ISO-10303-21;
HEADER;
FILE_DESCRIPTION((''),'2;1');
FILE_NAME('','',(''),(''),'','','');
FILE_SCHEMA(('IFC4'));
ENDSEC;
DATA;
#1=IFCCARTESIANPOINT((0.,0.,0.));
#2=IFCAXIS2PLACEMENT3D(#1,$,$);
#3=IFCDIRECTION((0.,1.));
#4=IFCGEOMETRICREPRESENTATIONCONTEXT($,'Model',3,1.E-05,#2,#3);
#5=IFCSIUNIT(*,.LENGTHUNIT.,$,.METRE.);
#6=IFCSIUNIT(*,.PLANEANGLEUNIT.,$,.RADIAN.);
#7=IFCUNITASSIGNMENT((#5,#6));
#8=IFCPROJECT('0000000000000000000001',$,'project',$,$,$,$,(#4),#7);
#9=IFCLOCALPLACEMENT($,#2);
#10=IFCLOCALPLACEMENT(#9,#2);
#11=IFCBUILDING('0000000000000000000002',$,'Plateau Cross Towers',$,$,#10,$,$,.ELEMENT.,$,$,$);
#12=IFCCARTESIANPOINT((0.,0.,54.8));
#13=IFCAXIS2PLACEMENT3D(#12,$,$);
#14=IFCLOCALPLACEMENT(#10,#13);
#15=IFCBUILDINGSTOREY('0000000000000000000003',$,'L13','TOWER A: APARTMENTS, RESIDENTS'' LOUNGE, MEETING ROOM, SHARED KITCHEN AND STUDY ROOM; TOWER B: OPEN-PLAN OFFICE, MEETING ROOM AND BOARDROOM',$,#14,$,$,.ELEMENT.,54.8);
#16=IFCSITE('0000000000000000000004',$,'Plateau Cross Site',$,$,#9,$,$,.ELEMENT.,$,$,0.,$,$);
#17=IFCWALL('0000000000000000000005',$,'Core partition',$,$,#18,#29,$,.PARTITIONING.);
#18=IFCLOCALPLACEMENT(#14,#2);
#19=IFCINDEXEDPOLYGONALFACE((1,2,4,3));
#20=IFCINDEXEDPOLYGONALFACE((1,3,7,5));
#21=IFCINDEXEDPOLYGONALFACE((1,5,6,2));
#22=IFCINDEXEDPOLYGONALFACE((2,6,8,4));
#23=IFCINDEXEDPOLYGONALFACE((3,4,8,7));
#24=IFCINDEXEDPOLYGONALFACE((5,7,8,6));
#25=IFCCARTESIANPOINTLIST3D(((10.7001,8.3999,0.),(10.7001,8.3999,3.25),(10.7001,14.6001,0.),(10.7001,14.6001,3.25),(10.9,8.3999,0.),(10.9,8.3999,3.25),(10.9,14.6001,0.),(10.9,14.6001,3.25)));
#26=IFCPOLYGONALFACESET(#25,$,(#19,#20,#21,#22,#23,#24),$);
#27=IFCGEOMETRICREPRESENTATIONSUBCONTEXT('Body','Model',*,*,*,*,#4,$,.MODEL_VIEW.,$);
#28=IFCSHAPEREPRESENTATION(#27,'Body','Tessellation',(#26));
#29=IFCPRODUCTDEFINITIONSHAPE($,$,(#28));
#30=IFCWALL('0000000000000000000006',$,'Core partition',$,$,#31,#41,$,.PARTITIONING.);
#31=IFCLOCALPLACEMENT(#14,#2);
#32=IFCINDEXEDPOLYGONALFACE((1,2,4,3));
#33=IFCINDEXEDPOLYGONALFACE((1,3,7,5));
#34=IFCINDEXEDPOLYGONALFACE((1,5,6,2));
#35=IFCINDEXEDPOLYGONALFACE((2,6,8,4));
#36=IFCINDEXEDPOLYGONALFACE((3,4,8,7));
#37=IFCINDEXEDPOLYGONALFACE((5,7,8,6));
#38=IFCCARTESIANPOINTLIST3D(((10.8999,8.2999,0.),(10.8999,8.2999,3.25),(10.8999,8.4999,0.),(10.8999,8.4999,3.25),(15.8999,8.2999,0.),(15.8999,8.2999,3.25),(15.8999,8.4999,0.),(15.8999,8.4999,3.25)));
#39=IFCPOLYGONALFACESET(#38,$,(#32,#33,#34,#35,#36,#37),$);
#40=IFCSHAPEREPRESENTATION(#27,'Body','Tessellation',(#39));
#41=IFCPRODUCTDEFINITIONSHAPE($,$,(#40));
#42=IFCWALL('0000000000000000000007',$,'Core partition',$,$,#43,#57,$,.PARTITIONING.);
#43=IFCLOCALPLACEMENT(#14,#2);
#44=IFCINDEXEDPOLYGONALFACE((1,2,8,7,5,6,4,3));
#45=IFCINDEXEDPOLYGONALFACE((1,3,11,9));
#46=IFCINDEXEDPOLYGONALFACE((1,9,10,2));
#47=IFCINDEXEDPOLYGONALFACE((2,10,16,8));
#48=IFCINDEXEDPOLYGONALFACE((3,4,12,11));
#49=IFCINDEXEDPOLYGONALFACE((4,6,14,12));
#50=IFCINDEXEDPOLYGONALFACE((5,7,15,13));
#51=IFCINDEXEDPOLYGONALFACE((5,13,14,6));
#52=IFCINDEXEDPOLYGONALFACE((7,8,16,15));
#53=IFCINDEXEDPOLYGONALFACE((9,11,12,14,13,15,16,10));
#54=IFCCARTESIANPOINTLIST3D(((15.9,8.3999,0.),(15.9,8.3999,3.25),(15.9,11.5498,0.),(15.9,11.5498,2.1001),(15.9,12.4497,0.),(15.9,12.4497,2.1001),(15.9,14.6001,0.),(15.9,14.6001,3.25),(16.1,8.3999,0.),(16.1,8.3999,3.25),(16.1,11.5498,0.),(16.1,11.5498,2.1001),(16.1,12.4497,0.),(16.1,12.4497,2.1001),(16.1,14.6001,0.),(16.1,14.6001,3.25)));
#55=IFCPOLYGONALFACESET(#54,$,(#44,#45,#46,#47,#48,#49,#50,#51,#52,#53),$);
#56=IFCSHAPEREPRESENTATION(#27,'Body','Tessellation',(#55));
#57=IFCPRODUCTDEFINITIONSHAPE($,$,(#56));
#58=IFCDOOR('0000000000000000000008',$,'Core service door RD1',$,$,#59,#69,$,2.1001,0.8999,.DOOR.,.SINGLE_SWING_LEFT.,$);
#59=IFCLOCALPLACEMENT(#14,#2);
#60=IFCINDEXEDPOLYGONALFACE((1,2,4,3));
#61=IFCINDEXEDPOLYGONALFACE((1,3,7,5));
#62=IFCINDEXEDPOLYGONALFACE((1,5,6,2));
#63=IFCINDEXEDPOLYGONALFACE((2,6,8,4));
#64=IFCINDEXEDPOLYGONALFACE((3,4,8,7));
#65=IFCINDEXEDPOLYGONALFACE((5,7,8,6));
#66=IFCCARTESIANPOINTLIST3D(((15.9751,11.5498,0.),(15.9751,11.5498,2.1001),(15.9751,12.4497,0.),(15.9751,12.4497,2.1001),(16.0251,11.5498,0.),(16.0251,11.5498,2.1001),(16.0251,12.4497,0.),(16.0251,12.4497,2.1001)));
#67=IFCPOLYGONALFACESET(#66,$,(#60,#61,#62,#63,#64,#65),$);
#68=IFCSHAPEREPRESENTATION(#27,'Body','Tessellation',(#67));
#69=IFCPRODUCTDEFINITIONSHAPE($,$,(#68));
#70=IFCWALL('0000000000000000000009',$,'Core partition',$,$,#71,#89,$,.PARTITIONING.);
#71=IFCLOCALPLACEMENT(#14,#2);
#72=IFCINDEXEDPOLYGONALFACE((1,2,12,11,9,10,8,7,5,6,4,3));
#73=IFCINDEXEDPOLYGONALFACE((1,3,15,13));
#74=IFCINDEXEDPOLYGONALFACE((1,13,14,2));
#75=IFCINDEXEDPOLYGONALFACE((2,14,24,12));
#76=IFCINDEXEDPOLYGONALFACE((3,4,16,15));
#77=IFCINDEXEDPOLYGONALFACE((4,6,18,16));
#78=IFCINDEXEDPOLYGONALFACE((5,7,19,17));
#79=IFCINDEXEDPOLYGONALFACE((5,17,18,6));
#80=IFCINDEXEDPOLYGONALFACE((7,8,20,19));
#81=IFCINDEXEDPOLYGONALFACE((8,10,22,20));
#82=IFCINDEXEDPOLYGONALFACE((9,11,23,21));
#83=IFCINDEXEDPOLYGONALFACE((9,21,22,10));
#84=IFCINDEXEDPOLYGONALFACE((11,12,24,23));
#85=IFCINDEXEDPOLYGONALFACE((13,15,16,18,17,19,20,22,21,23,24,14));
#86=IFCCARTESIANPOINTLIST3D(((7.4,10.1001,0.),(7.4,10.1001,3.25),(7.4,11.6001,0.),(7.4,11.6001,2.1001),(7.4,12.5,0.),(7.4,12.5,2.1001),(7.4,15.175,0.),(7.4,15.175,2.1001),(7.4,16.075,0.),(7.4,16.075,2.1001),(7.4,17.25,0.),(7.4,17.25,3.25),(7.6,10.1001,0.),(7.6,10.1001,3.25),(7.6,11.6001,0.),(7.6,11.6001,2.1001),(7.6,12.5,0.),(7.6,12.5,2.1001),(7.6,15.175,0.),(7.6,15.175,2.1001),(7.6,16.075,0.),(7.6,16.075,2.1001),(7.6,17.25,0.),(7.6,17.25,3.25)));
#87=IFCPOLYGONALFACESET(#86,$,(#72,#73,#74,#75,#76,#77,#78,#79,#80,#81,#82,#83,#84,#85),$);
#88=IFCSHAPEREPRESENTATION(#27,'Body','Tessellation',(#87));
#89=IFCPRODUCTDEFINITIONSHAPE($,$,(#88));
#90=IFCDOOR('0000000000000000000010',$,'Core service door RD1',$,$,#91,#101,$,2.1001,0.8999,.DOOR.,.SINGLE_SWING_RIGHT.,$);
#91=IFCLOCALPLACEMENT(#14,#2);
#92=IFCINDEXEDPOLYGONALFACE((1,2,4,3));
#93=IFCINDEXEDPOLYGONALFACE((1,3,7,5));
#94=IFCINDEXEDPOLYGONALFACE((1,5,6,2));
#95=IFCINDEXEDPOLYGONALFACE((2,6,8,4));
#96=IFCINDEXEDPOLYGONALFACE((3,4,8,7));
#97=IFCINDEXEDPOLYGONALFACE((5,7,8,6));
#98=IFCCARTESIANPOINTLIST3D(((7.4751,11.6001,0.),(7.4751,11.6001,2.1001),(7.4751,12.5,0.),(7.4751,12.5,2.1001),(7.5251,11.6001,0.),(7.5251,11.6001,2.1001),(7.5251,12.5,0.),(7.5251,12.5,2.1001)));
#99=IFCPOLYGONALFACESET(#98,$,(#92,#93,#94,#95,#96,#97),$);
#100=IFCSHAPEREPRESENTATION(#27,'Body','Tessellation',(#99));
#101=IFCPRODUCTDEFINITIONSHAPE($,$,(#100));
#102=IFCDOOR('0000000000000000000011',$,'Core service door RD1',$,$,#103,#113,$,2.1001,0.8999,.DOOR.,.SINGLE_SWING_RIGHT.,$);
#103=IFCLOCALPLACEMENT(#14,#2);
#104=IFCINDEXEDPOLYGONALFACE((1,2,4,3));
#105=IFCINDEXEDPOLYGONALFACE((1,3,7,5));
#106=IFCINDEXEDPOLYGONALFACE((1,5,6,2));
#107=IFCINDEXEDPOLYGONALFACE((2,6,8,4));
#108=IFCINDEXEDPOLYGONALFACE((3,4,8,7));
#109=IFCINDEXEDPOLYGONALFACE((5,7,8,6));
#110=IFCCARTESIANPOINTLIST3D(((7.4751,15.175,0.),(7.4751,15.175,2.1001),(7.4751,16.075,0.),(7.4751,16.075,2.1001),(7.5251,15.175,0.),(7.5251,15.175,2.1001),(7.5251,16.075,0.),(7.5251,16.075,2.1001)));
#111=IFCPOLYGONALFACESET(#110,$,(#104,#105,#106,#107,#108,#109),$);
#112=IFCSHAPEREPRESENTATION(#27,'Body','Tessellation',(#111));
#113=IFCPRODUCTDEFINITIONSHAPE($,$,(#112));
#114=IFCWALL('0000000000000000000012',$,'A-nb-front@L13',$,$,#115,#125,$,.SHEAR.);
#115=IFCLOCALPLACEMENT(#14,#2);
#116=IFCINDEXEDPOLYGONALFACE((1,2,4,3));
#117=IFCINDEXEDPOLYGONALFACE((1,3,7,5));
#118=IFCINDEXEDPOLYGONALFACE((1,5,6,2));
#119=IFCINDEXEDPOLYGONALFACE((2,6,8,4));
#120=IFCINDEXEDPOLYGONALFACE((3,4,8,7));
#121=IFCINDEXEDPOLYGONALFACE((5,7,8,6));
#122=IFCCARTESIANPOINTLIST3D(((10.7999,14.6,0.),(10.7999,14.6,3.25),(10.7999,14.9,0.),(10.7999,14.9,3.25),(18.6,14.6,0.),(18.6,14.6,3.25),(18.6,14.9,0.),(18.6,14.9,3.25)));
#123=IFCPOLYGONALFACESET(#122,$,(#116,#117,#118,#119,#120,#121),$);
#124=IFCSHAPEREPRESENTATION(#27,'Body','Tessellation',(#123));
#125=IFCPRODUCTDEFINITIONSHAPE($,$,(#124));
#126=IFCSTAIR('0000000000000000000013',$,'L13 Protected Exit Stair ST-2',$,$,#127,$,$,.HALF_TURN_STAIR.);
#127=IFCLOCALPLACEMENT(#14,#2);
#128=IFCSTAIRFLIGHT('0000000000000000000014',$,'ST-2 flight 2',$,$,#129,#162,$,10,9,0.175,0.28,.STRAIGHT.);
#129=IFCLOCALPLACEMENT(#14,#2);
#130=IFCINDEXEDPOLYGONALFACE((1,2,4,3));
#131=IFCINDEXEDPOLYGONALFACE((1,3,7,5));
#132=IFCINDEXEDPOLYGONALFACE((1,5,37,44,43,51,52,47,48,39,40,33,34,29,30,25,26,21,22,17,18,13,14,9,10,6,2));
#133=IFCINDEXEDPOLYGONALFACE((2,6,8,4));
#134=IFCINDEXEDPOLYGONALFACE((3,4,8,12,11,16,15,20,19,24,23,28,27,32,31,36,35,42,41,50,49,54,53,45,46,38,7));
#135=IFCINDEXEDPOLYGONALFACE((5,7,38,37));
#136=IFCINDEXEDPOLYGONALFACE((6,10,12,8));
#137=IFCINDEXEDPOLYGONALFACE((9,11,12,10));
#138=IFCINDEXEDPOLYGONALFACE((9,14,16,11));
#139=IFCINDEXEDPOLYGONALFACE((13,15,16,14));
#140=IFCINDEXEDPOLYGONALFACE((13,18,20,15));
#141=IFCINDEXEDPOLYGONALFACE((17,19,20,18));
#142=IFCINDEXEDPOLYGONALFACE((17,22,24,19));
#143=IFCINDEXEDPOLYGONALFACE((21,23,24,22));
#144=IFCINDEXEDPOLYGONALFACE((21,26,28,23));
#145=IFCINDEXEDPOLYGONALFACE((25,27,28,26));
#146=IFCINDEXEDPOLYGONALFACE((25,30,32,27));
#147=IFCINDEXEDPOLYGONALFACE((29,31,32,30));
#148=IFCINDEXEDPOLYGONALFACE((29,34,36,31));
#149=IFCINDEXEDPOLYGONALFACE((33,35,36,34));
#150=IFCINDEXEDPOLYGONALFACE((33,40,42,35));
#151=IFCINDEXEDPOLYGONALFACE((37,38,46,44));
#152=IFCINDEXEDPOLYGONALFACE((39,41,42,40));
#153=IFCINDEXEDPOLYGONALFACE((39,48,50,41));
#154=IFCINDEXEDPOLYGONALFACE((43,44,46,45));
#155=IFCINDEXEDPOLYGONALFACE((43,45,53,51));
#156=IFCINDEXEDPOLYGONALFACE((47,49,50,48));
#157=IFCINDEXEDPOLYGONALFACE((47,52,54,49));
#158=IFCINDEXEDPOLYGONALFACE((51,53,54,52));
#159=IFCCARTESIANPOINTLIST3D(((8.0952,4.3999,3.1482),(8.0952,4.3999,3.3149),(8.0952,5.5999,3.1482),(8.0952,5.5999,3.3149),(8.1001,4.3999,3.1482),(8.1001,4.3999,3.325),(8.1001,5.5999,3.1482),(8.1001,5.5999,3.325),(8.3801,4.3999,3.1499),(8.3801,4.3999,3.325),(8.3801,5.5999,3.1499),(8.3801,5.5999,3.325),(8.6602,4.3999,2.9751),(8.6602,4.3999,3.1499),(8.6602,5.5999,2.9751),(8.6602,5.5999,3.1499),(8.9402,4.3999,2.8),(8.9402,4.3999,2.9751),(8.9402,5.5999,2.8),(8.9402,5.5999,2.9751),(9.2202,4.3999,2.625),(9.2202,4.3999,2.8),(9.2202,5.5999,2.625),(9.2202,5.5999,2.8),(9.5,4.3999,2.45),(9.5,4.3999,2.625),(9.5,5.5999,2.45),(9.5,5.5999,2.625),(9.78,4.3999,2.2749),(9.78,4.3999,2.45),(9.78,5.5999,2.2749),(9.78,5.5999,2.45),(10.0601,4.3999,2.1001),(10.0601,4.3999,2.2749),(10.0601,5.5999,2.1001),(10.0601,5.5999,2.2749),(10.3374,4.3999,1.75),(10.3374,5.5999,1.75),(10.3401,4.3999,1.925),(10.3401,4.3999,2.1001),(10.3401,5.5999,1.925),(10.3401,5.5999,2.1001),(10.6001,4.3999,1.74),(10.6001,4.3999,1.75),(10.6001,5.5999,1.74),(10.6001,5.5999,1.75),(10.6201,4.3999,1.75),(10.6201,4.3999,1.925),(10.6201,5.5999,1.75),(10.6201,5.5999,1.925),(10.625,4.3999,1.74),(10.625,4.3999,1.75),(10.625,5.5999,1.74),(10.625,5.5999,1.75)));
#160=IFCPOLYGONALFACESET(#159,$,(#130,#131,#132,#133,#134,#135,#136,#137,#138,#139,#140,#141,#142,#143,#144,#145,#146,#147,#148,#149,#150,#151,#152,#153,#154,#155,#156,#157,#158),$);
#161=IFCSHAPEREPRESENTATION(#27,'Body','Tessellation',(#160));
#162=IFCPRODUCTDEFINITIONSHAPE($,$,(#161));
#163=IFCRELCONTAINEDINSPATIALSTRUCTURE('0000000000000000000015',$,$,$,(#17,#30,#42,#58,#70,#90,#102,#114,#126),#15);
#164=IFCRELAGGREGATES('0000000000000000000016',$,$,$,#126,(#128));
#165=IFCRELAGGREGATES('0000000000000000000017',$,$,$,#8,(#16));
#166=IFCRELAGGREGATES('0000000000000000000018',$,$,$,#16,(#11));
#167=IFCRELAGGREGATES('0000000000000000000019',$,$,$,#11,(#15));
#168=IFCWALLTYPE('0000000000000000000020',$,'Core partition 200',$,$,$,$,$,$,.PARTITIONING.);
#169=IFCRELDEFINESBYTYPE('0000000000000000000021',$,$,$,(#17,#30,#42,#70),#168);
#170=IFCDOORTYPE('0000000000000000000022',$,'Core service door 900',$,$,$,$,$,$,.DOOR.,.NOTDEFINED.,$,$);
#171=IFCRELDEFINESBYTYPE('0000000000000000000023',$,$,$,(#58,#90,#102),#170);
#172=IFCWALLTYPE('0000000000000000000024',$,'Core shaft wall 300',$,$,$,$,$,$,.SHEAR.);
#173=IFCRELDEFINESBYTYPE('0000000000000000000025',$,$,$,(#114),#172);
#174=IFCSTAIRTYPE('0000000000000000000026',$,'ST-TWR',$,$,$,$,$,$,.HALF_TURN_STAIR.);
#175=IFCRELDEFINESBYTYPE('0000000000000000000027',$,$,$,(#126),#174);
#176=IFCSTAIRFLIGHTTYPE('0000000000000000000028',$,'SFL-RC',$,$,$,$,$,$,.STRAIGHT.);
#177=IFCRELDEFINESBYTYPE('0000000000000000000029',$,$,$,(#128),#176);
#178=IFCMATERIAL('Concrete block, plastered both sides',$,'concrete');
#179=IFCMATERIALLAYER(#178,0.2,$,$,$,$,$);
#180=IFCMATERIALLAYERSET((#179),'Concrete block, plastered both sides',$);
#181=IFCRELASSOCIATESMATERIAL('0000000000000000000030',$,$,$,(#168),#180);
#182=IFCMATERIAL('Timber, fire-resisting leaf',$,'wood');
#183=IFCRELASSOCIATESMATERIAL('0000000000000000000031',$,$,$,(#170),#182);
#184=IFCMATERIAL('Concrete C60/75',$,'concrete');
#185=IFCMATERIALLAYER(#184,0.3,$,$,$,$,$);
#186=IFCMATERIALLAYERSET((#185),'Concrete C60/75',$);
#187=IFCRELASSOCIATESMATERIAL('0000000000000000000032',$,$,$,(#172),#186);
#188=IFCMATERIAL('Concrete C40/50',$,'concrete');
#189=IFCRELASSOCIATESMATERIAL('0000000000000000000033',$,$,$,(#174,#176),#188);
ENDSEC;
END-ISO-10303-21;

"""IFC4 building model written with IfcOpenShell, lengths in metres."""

from ifc_helpers import new_model, si_unit, direction, frame, frame_2d, origin, place, context, subcontext, project, spatial, polyline, rectangle, outline, extrude, material, layer, layer_set, type_object, element, fill, aggregate, save


model = new_model("IFC4")

# Units and contexts
model_context = context("Model", 3, precision=1e-05, world=origin(), true_north=direction((0.0, 1.0)))
body_context = subcontext(model_context, "Body", "Model", "MODEL_VIEW")
ifc_project = project(units=[si_unit("LENGTHUNIT", "METRE"), si_unit("PLANEANGLEUNIT", "RADIAN")], contexts=[model_context])

# Site, building, storey
site_placement = place(None, origin())
site = spatial("IfcSite", under=ifc_project, at=site_placement, Name="Plateau Cross Site", CompositionType="ELEMENT", RefElevation=0.0)
building_placement = place(site_placement, origin())
building = spatial("IfcBuilding", under=site, at=building_placement, Name="Plateau Cross Towers", CompositionType="ELEMENT")
storey_placement = place(building_placement, frame((0.0, 0.0, 54.8)))
storey = spatial("IfcBuildingStorey", under=building, at=storey_placement, Name="L13", Description="TOWER A: APARTMENTS, RESIDENTS' LOUNGE, MEETING ROOM, SHARED KITCHEN AND STUDY ROOM; TOWER B: OPEN-PLAN OFFICE, MEETING ROOM AND BOARDROOM", CompositionType="ELEMENT", Elevation=54.8)

# Walls
ifc_material_1 = material(Name="Concrete block, plastered both sides", Category="concrete")
ifc_layer_1 = layer(ifc_material_1, 0.2)
ifc_layer_set_1 = layer_set([ifc_layer_1], Name="Concrete block, plastered both sides")
wall_type_1 = type_object("IfcWallType", Name="Core partition 200", PredefinedType="PARTITIONING", material=ifc_layer_set_1)
wall_1_placement = place(storey_placement, frame((10.8, 8.3999, 0.0), z_axis=(0.0, 0.0, 1.0), x_axis=(0.0, 1.0, 0.0)))
element("IfcWall", 1, at=wall_1_placement, inside=storey, type_object=wall_type_1, Name="Core partition", PredefinedType="PARTITIONING", context=body_context, shape_type="SweptSolid", body=[
    extrude(rectangle(XDim=6.2002, YDim=0.2, at=frame_2d((3.1001, 0.0))), origin(), (0.0, 0.0, 1.0), 3.25),
])
wall_2_placement = place(storey_placement, frame((10.8999, 8.3999, 0.0), z_axis=(0.0, 0.0, 1.0), x_axis=(1.0, 0.0, 0.0)))
element("IfcWall", 2, at=wall_2_placement, inside=storey, type_object=wall_type_1, Name="Core partition", PredefinedType="PARTITIONING", context=body_context, shape_type="SweptSolid", body=[
    extrude(rectangle(XDim=5.0, YDim=0.2, at=frame_2d((2.5, 0.0))), origin(), (0.0, 0.0, 1.0), 3.25),
])

# Wall, opening, door
wall_3_placement = place(storey_placement, frame((16.0, 8.3999, 0.0), z_axis=(0.0, 0.0, 1.0), x_axis=(0.0, 1.0, 0.0)))
wall_3 = element("IfcWall", 3, at=wall_3_placement, inside=storey, type_object=wall_type_1, Name="Core partition", PredefinedType="PARTITIONING", context=body_context, shape_type="SweptSolid", body=[
    extrude(rectangle(XDim=6.2002, YDim=0.2, at=frame_2d((3.1001, 0.0))), origin(), (0.0, 0.0, 1.0), 3.25),
])
opening_1_placement = place(wall_3_placement, frame((3.1499, 0.0, 0.0)))
opening_1 = element("IfcOpeningElement", 4, at=opening_1_placement, cuts=wall_3, PredefinedType="OPENING", context=body_context, shape_type="SweptSolid", body=[
    extrude(rectangle(XDim=0.8999, YDim=2.1001, at=frame_2d((0.45, 1.05))), frame((0.0, 0.1099, 0.0), z_axis=(0.0, -1.0, 0.0), x_axis=(1.0, 0.0, 0.0)), (0.0, 0.0, 1.0), 0.22),
])
ifc_material_2 = material(Name="Timber, fire-resisting leaf", Category="wood")
door_type = type_object("IfcDoorType", Name="Core service door 900", OperationType="NOTDEFINED", PredefinedType="DOOR", material=ifc_material_2)
door_1_placement = place(opening_1_placement, origin())
door_1 = element("IfcDoor", 5, at=door_1_placement, inside=storey, type_object=door_type, Name="Core service door RD1", OperationType="SINGLE_SWING_LEFT", OverallHeight=2.1001, OverallWidth=0.8999, PredefinedType="DOOR", context=body_context, shape_type="SweptSolid", body=[
    extrude(rectangle(XDim=0.8999, YDim=2.1001, at=frame_2d((0.45, 1.05))), frame((0.0, 0.0249, 0.0), z_axis=(0.0, -1.0, 0.0), x_axis=(1.0, 0.0, 0.0)), (0.0, 0.0, 1.0), 0.05),
])
fill(opening_1, door_1)

# Wall, openings, doors
wall_4_placement = place(storey_placement, frame((7.5, 10.1001, 0.0), z_axis=(0.0, 0.0, 1.0), x_axis=(0.0, 1.0, 0.0)))
wall_4 = element("IfcWall", 6, at=wall_4_placement, inside=storey, type_object=wall_type_1, Name="Core partition", PredefinedType="PARTITIONING", context=body_context, shape_type="SweptSolid", body=[
    extrude(rectangle(XDim=7.1499, YDim=0.2, at=frame_2d((3.575, 0.0))), origin(), (0.0, 0.0, 1.0), 3.25),
])
opening_2_placement = place(wall_4_placement, frame((1.5, 0.0, 0.0)))
opening_2 = element("IfcOpeningElement", 7, at=opening_2_placement, cuts=wall_4, PredefinedType="OPENING", context=body_context, shape_type="SweptSolid", body=[
    extrude(rectangle(XDim=0.8999, YDim=2.1001, at=frame_2d((0.45, 1.05))), frame((0.0, 0.1099, 0.0), z_axis=(0.0, -1.0, 0.0), x_axis=(1.0, 0.0, 0.0)), (0.0, 0.0, 1.0), 0.22),
])
opening_3_placement = place(wall_4_placement, frame((5.075, 0.0, 0.0)))
opening_3 = element("IfcOpeningElement", 8, at=opening_3_placement, cuts=wall_4, PredefinedType="OPENING", context=body_context, shape_type="SweptSolid", body=[
    extrude(rectangle(XDim=0.8999, YDim=2.1001, at=frame_2d((0.45, 1.05))), frame((0.0, 0.1099, 0.0), z_axis=(0.0, -1.0, 0.0), x_axis=(1.0, 0.0, 0.0)), (0.0, 0.0, 1.0), 0.22),
])
door_2_placement = place(opening_2_placement, origin())
door_2 = element("IfcDoor", 9, at=door_2_placement, inside=storey, type_object=door_type, Name="Core service door RD1", OperationType="SINGLE_SWING_RIGHT", OverallHeight=2.1001, OverallWidth=0.8999, PredefinedType="DOOR", context=body_context, shape_type="SweptSolid", body=[
    extrude(rectangle(XDim=0.8999, YDim=2.1001, at=frame_2d((0.45, 1.05))), frame((0.0, 0.0249, 0.0), z_axis=(0.0, -1.0, 0.0), x_axis=(1.0, 0.0, 0.0)), (0.0, 0.0, 1.0), 0.05),
])
fill(opening_2, door_2)
door_3_placement = place(opening_3_placement, origin())
door_3 = element("IfcDoor", 10, at=door_3_placement, inside=storey, type_object=door_type, Name="Core service door RD1", OperationType="SINGLE_SWING_RIGHT", OverallHeight=2.1001, OverallWidth=0.8999, PredefinedType="DOOR", context=body_context, shape_type="SweptSolid", body=[
    extrude(rectangle(XDim=0.8999, YDim=2.1001, at=frame_2d((0.45, 1.05))), frame((0.0, 0.0249, 0.0), z_axis=(0.0, -1.0, 0.0), x_axis=(1.0, 0.0, 0.0)), (0.0, 0.0, 1.0), 0.05),
])
fill(opening_3, door_3)

# Wall
ifc_material_3 = material(Name="Concrete C60/75", Category="concrete")
ifc_layer_2 = layer(ifc_material_3, 0.3)
ifc_layer_set_2 = layer_set([ifc_layer_2], Name="Concrete C60/75")
wall_type_2 = type_object("IfcWallType", Name="Core shaft wall 300", PredefinedType="SHEAR", material=ifc_layer_set_2)
wall_5_placement = place(storey_placement, frame((10.8, 14.75, 0.0), z_axis=(0.0, 0.0, 1.0), x_axis=(1.0, 0.0, 0.0)))
element("IfcWall", 11, at=wall_5_placement, inside=storey, type_object=wall_type_2, Name="A-nb-front@L13", PredefinedType="SHEAR", context=body_context, shape_type="SweptSolid", body=[
    extrude(rectangle(XDim=7.8, YDim=0.3, at=frame_2d((3.8999, 0.0))), origin(), (0.0, 0.0, 1.0), 3.25),
])

# Stair, stair flight
ifc_material_4 = material(Name="Concrete C40/50", Category="concrete")
stair_type = type_object("IfcStairType", Name="ST-TWR", PredefinedType="HALF_TURN_STAIR", material=ifc_material_4)
stair_placement = place(storey_placement, origin())
stair = element("IfcStair", 12, at=stair_placement, inside=storey, type_object=stair_type, Name="L13 Protected Exit Stair ST-2", PredefinedType="HALF_TURN_STAIR")
stair_flight_type = type_object("IfcStairFlightType", Name="SFL-RC", PredefinedType="STRAIGHT", material=ifc_material_4)
stair_flight_placement = place(storey_placement, frame((10.6201, 5.0, 1.75), z_axis=(0.0, 0.0, 1.0), x_axis=(-1.0, 0.0, 0.0)))
stair_flight = element("IfcStairFlight", 13, at=stair_flight_placement, type_object=stair_flight_type, Name="ST-2 flight 2", NumberOfRisers=10, NumberOfTreads=9, PredefinedType="STRAIGHT", RiserHeight=0.175, TreadLength=0.28, context=body_context, shape_type="SweptSolid", body=[
    extrude(outline(polyline([(-0.0049, -0.01), (-0.0049, 0.0), (0.0, 0.0), (0.0, 0.175), (0.28, 0.175), (0.28, 0.3501), (0.5601, 0.3501), (0.5601, 0.5249), (0.8401, 0.5249), (0.8401, 0.7), (1.1201, 0.7), (1.1201, 0.875), (1.3999, 0.875), (1.3999, 1.05), (1.6799, 1.05), (1.6799, 1.2251), (1.96, 1.2251), (1.96, 1.3999), (2.24, 1.3999), (2.24, 1.575), (2.52, 1.575), (2.5249, 1.5649), (2.5249, 1.3982), (2.52, 1.3982), (0.2827, 0.0), (0.02, 0.0), (0.02, -0.01), (-0.0049, -0.01)])), frame((0.0, 0.6001, 0.0), z_axis=(0.0, -1.0, 0.0), x_axis=(1.0, 0.0, 0.0)), (0.0, 0.0, 1.0), 1.2),
])
aggregate(stair, [stair_flight])

save(model, "model.ifc")
